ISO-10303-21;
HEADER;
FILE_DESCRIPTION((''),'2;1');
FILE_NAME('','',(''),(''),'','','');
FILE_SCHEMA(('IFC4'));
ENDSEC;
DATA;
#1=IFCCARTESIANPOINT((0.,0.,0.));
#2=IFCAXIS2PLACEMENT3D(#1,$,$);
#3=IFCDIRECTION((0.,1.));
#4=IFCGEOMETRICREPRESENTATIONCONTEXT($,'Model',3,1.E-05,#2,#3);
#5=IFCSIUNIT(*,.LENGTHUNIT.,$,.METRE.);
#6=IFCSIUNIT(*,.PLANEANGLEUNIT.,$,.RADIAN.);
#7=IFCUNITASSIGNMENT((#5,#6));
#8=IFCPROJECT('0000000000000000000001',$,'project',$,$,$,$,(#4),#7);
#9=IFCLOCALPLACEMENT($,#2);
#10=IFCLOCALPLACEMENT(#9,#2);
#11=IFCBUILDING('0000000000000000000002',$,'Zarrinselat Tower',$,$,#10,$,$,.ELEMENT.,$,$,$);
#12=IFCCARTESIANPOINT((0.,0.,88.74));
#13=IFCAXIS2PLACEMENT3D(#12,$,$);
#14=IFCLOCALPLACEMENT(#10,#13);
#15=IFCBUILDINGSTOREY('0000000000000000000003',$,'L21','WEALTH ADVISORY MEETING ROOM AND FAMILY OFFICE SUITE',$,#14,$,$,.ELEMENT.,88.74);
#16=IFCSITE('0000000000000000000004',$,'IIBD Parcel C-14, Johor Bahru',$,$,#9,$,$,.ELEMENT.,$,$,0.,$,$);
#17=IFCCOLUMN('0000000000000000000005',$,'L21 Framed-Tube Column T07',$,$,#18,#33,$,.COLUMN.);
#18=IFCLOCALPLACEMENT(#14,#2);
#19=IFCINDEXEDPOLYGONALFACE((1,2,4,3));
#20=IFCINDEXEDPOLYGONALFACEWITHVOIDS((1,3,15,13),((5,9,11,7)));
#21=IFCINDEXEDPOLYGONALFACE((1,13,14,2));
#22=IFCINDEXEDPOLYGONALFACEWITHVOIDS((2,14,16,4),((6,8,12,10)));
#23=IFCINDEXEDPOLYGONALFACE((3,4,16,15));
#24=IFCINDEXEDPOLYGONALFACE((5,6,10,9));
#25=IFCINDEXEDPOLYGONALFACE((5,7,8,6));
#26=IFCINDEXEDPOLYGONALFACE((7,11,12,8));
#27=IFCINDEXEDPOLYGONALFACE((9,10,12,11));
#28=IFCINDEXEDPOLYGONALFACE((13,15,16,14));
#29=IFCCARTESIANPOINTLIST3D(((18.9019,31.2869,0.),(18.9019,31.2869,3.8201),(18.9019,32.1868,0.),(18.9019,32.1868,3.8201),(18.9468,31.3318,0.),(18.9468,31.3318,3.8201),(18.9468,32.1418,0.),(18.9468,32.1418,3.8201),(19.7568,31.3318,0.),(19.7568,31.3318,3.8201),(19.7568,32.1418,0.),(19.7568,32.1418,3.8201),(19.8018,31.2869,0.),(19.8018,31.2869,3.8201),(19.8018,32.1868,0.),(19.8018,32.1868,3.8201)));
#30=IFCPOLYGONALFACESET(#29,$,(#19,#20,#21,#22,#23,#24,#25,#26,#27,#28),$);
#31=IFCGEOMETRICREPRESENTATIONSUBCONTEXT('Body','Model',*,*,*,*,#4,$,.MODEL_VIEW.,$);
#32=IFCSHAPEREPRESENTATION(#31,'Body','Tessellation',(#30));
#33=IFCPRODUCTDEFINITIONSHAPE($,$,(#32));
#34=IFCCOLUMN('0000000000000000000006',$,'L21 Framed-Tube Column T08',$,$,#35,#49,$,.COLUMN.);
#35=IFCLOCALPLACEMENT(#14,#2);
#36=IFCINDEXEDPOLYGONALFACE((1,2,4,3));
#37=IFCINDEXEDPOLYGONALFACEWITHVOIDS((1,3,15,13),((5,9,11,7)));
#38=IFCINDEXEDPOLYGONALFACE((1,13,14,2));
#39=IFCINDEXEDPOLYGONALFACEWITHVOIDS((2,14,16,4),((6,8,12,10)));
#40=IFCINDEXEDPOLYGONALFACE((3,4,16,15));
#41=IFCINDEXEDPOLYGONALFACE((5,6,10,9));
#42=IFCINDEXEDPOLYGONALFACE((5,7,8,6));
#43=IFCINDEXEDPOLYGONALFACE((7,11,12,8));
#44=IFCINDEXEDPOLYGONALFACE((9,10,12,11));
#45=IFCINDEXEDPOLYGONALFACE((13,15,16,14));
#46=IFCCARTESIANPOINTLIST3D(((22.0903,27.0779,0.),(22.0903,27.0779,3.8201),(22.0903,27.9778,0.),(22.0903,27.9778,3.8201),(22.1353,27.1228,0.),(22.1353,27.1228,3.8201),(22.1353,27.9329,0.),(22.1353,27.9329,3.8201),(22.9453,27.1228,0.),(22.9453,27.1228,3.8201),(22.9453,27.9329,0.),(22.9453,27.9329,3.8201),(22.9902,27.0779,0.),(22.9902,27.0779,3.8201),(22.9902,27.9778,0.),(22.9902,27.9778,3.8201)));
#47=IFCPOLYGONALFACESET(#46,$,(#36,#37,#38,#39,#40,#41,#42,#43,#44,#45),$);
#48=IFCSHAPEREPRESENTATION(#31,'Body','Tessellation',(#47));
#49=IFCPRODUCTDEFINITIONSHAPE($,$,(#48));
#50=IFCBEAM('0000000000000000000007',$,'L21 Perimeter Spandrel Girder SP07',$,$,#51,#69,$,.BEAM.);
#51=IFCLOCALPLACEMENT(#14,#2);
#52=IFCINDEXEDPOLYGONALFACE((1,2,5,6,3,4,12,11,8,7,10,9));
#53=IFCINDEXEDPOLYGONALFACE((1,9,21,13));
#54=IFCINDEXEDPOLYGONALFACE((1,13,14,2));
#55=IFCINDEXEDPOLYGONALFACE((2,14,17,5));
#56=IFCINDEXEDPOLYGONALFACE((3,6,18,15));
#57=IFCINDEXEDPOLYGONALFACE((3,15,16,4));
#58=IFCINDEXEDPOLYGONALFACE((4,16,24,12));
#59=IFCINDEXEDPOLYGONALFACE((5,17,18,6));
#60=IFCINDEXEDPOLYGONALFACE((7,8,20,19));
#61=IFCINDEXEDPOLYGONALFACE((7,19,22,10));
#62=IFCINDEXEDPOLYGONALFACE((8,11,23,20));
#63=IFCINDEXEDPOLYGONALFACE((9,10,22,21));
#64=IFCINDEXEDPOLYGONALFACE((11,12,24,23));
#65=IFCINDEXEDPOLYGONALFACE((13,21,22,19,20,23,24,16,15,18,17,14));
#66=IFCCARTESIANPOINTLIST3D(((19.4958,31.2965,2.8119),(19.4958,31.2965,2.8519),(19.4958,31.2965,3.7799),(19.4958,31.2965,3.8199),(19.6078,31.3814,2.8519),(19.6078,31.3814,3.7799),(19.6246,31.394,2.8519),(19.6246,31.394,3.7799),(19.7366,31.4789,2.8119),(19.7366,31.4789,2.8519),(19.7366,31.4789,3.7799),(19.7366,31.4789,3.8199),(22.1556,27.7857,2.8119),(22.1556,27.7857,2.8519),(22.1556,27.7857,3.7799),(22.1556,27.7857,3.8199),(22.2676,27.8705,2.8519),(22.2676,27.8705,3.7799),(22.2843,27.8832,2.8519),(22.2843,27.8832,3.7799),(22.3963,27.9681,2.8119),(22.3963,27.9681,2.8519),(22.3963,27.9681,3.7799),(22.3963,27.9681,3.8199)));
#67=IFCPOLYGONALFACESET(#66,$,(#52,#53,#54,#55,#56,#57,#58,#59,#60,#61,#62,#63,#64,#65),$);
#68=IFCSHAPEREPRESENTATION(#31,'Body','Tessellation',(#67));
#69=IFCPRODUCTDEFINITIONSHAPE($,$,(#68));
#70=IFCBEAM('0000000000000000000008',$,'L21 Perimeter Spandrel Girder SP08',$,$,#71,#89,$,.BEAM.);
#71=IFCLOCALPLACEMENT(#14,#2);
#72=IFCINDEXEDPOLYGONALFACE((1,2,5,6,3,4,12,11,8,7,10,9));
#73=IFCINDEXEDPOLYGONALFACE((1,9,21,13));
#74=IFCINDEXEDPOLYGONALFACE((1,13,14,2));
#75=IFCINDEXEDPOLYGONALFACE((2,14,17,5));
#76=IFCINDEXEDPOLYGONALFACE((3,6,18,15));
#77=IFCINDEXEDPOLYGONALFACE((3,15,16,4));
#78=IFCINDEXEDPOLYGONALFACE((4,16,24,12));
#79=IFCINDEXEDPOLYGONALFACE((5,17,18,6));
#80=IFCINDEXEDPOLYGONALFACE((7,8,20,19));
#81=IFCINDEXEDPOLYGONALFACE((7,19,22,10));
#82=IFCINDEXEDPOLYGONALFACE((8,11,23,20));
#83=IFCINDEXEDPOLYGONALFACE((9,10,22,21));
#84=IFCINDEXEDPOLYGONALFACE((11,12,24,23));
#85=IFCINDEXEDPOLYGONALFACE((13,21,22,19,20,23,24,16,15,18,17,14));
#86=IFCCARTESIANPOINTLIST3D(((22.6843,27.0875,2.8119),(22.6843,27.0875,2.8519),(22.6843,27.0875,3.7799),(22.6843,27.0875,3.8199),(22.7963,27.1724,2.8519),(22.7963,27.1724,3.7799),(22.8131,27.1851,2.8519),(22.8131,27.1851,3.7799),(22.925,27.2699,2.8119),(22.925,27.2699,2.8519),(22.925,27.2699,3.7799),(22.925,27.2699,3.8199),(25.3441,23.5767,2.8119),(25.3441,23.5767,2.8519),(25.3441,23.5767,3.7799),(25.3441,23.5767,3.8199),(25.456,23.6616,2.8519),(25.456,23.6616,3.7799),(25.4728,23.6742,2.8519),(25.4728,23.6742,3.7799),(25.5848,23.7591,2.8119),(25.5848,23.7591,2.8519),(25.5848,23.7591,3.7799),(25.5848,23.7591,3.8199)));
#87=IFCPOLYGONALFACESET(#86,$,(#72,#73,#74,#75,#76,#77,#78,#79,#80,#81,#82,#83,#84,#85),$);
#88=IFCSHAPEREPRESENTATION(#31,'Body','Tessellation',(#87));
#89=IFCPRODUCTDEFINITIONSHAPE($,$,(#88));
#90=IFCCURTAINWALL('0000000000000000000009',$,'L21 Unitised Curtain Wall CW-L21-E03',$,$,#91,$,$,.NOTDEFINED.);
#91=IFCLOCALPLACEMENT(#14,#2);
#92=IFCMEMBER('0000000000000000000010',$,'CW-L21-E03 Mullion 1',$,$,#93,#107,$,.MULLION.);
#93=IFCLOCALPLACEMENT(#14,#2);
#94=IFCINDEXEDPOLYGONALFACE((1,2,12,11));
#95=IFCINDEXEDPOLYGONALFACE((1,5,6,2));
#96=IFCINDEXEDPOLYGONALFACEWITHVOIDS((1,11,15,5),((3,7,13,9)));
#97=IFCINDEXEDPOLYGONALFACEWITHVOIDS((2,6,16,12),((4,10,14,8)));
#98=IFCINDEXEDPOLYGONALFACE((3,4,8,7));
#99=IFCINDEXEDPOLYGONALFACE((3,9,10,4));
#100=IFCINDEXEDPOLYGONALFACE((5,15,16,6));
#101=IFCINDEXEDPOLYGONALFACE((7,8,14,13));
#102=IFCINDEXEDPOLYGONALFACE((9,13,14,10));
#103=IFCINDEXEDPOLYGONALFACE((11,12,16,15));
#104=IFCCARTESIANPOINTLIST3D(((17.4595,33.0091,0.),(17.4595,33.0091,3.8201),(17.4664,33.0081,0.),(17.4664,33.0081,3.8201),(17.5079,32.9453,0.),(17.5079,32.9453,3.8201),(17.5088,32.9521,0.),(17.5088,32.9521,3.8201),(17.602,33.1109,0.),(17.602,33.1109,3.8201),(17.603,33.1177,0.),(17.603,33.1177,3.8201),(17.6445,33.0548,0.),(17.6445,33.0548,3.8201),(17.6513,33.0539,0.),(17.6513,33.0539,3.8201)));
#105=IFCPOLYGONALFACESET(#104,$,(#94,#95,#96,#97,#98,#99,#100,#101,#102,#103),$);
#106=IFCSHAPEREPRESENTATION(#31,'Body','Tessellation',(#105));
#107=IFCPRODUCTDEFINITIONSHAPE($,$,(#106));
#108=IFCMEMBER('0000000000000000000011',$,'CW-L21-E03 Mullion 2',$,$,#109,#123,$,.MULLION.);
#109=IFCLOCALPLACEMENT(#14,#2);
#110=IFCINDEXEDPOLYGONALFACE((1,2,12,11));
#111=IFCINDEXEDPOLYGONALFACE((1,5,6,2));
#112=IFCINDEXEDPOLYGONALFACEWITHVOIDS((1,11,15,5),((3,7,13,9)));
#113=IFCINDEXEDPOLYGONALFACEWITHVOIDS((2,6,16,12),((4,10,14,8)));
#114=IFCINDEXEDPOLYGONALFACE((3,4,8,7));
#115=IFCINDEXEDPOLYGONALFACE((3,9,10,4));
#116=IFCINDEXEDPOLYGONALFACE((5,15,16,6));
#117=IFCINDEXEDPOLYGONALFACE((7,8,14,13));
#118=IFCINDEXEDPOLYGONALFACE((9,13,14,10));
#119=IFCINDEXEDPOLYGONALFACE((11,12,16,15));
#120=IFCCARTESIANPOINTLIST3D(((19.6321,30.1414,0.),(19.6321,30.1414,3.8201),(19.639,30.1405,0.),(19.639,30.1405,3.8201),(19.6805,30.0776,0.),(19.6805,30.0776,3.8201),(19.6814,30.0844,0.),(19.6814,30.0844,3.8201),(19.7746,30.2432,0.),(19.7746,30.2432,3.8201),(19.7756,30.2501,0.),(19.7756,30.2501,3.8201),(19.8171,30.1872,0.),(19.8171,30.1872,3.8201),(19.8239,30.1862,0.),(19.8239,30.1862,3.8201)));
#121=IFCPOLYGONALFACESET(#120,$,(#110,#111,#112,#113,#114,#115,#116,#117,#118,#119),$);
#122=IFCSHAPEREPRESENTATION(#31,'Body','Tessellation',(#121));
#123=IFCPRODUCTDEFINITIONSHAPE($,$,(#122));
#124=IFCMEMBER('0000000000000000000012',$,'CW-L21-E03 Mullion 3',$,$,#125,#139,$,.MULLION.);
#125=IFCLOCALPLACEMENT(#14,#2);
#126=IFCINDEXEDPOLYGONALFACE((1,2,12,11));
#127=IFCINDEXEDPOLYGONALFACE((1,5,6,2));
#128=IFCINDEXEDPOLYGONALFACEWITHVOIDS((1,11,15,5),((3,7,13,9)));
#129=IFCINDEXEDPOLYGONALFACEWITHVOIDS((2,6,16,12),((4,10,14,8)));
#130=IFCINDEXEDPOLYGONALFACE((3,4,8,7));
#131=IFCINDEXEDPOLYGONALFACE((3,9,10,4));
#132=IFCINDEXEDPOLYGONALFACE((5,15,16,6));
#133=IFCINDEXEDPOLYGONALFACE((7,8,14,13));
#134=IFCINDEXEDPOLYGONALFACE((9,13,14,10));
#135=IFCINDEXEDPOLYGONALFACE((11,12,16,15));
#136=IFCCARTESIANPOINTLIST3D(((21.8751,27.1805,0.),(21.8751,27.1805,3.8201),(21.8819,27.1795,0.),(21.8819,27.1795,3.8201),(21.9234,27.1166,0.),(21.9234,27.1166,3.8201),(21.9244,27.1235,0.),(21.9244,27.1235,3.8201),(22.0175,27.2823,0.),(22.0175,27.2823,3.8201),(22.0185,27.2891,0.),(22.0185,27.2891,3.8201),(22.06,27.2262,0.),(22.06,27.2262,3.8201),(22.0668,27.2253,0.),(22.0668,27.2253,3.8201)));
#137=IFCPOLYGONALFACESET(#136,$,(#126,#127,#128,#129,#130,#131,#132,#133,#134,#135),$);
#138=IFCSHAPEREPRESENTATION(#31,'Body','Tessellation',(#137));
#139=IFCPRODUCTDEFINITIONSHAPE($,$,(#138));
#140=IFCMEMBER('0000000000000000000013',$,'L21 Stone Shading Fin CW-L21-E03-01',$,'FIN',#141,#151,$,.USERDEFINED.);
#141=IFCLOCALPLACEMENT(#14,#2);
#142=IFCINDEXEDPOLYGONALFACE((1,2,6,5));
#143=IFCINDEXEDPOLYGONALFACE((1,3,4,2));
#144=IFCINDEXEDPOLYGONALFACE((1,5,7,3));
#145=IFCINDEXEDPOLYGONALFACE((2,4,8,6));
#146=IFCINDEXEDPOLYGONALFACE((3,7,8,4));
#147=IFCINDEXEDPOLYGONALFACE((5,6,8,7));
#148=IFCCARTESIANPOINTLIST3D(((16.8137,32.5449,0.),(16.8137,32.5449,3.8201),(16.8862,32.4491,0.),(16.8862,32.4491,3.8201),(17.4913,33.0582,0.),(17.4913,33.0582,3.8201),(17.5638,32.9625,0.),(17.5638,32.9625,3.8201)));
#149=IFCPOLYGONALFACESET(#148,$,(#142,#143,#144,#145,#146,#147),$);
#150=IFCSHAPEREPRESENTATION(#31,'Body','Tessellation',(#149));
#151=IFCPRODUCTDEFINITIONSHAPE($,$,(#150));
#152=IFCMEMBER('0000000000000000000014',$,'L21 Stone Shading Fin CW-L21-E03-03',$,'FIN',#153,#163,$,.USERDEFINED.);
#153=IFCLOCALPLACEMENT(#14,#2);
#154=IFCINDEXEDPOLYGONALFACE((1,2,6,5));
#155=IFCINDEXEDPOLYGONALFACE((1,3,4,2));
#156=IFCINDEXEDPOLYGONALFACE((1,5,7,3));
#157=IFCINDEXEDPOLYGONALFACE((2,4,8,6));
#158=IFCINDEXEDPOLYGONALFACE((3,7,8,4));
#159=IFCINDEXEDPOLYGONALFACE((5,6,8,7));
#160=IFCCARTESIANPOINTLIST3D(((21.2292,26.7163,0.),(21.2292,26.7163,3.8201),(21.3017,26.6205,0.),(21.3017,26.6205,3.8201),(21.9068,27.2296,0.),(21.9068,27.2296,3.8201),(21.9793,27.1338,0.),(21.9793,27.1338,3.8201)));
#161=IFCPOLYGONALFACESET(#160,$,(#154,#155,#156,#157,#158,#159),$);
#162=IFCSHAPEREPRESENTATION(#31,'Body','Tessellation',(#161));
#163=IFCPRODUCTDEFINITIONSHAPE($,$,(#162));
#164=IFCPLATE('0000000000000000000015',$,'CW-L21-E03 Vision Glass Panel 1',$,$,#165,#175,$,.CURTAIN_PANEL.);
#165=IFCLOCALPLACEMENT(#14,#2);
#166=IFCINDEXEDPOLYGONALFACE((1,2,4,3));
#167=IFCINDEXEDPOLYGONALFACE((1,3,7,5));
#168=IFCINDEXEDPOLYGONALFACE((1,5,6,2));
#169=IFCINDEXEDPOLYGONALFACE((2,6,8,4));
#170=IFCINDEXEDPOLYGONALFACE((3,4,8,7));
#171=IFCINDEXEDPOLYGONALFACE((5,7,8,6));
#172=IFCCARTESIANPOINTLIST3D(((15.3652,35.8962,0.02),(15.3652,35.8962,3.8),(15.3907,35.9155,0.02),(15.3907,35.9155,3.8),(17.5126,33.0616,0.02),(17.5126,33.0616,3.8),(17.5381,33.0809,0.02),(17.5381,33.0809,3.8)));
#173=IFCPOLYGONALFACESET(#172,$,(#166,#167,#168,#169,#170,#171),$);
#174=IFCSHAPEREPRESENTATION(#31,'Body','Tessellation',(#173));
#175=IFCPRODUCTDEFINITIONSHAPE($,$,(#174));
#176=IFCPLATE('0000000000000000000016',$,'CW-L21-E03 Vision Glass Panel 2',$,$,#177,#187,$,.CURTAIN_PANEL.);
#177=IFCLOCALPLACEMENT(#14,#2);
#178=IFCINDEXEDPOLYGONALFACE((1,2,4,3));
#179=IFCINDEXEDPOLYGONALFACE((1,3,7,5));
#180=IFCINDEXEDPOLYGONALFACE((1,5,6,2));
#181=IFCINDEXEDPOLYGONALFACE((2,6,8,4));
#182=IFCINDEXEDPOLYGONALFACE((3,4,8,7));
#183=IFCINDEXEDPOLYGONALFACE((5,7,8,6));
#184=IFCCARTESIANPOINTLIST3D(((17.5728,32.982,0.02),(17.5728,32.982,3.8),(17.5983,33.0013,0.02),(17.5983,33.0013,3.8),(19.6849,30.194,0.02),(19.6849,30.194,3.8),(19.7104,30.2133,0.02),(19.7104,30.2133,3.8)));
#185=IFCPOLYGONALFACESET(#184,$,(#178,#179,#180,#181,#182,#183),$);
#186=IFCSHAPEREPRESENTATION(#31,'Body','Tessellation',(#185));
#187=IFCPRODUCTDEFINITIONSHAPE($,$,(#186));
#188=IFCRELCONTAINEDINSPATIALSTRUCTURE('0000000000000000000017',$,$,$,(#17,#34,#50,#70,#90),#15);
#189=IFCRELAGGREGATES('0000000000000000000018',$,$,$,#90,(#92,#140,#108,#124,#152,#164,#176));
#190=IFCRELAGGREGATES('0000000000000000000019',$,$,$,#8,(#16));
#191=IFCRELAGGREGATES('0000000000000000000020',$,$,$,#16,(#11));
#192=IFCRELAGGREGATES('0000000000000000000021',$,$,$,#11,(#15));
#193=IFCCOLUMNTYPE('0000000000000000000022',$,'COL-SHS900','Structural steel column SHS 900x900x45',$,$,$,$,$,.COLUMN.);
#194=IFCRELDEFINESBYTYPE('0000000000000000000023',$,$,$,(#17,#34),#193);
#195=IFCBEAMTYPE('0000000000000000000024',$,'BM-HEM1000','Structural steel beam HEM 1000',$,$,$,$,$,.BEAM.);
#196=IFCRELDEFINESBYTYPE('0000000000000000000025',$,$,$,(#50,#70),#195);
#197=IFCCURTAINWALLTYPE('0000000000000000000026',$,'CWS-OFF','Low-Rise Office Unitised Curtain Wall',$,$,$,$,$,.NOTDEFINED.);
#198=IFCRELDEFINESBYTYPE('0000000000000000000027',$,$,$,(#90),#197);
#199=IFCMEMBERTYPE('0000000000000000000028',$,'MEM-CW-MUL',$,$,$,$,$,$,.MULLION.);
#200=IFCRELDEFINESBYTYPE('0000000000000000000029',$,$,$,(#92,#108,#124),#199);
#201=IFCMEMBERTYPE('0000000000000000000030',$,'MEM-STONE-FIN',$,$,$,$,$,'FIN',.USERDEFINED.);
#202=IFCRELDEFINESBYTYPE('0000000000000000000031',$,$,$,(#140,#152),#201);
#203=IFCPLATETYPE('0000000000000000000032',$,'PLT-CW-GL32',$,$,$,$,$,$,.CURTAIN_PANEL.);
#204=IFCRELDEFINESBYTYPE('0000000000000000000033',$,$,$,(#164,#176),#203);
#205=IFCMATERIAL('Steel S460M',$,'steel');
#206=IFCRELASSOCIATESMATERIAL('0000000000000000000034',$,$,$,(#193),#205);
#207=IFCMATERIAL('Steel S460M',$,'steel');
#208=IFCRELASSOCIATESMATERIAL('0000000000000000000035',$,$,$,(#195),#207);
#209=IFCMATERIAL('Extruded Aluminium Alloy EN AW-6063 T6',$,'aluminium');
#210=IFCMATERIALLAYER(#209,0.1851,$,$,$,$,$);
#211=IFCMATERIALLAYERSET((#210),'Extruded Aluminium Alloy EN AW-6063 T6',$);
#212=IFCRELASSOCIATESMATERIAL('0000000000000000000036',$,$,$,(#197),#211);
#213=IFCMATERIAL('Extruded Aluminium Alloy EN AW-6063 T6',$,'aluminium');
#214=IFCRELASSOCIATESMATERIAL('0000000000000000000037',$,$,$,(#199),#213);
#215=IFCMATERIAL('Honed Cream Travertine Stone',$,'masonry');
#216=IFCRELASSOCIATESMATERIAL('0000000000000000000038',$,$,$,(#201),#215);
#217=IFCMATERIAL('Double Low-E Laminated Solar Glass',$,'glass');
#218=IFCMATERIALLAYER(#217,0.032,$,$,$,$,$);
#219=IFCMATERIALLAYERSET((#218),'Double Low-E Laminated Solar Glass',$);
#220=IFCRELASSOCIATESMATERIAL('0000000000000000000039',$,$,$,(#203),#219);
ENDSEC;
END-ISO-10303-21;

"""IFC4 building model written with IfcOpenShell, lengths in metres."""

from ifc_helpers import new_model, si_unit, direction, frame, origin, origin_2d, place, context, subcontext, project, spatial, rectangle, hollow_rectangle, i_section, extrude, material, layer, layer_set, material_profile, profile_set, type_object, element, aggregate, save


model = new_model("IFC4")

# Units and contexts
model_context = context("Model", 3, precision=1e-05, world=origin(), true_north=direction((0.0, 1.0)))
body_context = subcontext(model_context, "Body", "Model", "MODEL_VIEW")
ifc_project = project(units=[si_unit("LENGTHUNIT", "METRE"), si_unit("PLANEANGLEUNIT", "RADIAN")], contexts=[model_context])

# Site, building, storey
site_placement = place(None, origin())
site = spatial("IfcSite", under=ifc_project, at=site_placement, Name="IIBD Parcel C-14, Johor Bahru", CompositionType="ELEMENT", RefElevation=0.0)
building_placement = place(site_placement, origin())
building = spatial("IfcBuilding", under=site, at=building_placement, Name="Zarrinselat Tower", CompositionType="ELEMENT")
storey_placement = place(building_placement, frame((0.0, 0.0, 88.74)))
storey = spatial("IfcBuildingStorey", under=building, at=storey_placement, Name="L21", Description="WEALTH ADVISORY MEETING ROOM AND FAMILY OFFICE SUITE", CompositionType="ELEMENT", Elevation=88.74)

# Columns
ifc_material_1 = material(Name="Steel S460M", Category="steel")
ifc_material_profile_1 = material_profile(ifc_material_1, hollow_rectangle(XDim=0.8999, YDim=0.8999, WallThickness=0.0449, at=origin_2d()), Name="SHS 900x900x45")
ifc_profile_set_1 = profile_set([ifc_material_profile_1], Name="Steel S460M")
column_type = type_object("IfcColumnType", Name="COL-SHS900", Description="Structural steel column SHS 900x900x45", PredefinedType="COLUMN", material=ifc_profile_set_1)
for number, where, z_axis, x_axis, name in (
    (1, (19.3518, 31.7368, 0.0), (0.0, 0.0, 1.0), (1.0, 0.0, 0.0), "L21 Framed-Tube Column T07"),
    (2, (22.5403, 27.5278, 0.0), (0.0, 0.0, 1.0), (1.0, 0.0, 0.0), "L21 Framed-Tube Column T08"),
):
    element("IfcColumn", number, at=place(storey_placement, frame(where, z_axis=z_axis, x_axis=x_axis)), inside=storey, type_object=column_type, Name=name, PredefinedType="COLUMN", context=body_context, shape_type="SweptSolid", body=[
        extrude(hollow_rectangle(XDim=0.8999, YDim=0.8999, WallThickness=0.0449, at=origin_2d()), origin(), (0.0, 0.0, 1.0), 3.8201),
    ])

# Beams
ifc_material_2 = material(Name="Steel S460M", Category="steel")
ifc_material_profile_2 = material_profile(ifc_material_2, i_section(OverallWidth=0.302, OverallDepth=1.0081, WebThickness=0.021, FlangeThickness=0.04, at=origin_2d()), Name="HEM 1000")
ifc_profile_set_2 = profile_set([ifc_material_profile_2], Name="Steel S460M")
beam_type = type_object("IfcBeamType", Name="BM-HEM1000", Description="Structural steel beam HEM 1000", PredefinedType="BEAM", material=ifc_profile_set_2)
for number, where, z_axis, x_axis, name in (
    (3, (19.6162, 31.3877, 3.3159), (0.60386, -0.797091, 0.0), (0.797091, 0.60386, 0.0), "L21 Perimeter Spandrel Girder SP07"),
    (4, (22.8047, 27.1787, 3.3159), (0.60386, -0.797091, 0.0), (0.797091, 0.60386, 0.0), "L21 Perimeter Spandrel Girder SP08"),
):
    element("IfcBeam", number, at=place(storey_placement, frame(where, z_axis=z_axis, x_axis=x_axis)), inside=storey, type_object=beam_type, Name=name, PredefinedType="BEAM", context=body_context, shape_type="SweptSolid", body=[
        extrude(i_section(OverallWidth=0.302, OverallDepth=1.0081, WebThickness=0.021, FlangeThickness=0.04, at=origin_2d()), origin(), (0.0, 0.0, 1.0), 4.4045),
    ])

# Curtain wall, members, plates
ifc_material_3 = material(Name="Extruded Aluminium Alloy EN AW-6063 T6", Category="aluminium")
ifc_layer_1 = layer(ifc_material_3, 0.1851)
ifc_layer_set_1 = layer_set([ifc_layer_1], Name="Extruded Aluminium Alloy EN AW-6063 T6")
curtain_wall_type = type_object("IfcCurtainWallType", Name="CWS-OFF", Description="Low-Rise Office Unitised Curtain Wall", PredefinedType="NOTDEFINED", material=ifc_layer_set_1)
curtain_wall_placement = place(storey_placement, origin())
curtain_wall = element("IfcCurtainWall", 5, at=curtain_wall_placement, inside=storey, type_object=curtain_wall_type, Name="L21 Unitised Curtain Wall CW-L21-E03", PredefinedType="NOTDEFINED")
ifc_material_4 = material(Name="Extruded Aluminium Alloy EN AW-6063 T6", Category="aluminium")
ifc_material_profile_3 = material_profile(ifc_material_4, hollow_rectangle(XDim=0.0801, YDim=0.1799, WallThickness=0.0049, at=origin_2d()), Name="RHS 180x80x5")
ifc_profile_set_3 = profile_set([ifc_material_profile_3], Name="Extruded Aluminium Alloy EN AW-6063 T6")
member_type_1 = type_object("IfcMemberType", Name="MEM-CW-MUL", PredefinedType="MULLION", material=ifc_profile_set_3)
member_1_placement = place(storey_placement, frame((17.5554, 33.0315, 0.0), z_axis=(0.0, 0.0, 1.0), x_axis=(0.603856, -0.797093, 0.0)))
member_1 = element("IfcMember", 6, at=member_1_placement, type_object=member_type_1, Name="CW-L21-E03 Mullion 1", PredefinedType="MULLION", context=body_context, shape_type="SweptSolid", body=[
    extrude(hollow_rectangle(XDim=0.0801, YDim=0.1799, WallThickness=0.0049, at=origin_2d()), origin(), (0.0, 0.0, 1.0), 3.8201),
])
member_2_placement = place(storey_placement, frame((19.728, 30.1638, 0.0), z_axis=(0.0, 0.0, 1.0), x_axis=(0.603856, -0.797093, 0.0)))
member_2 = element("IfcMember", 7, at=member_2_placement, type_object=member_type_1, Name="CW-L21-E03 Mullion 2", PredefinedType="MULLION", context=body_context, shape_type="SweptSolid", body=[
    extrude(hollow_rectangle(XDim=0.0801, YDim=0.1799, WallThickness=0.0049, at=origin_2d()), origin(), (0.0, 0.0, 1.0), 3.8201),
])
member_3_placement = place(storey_placement, frame((21.9709, 27.2029, 0.0), z_axis=(0.0, 0.0, 1.0), x_axis=(0.603856, -0.797093, 0.0)))
member_3 = element("IfcMember", 8, at=member_3_placement, type_object=member_type_1, Name="CW-L21-E03 Mullion 3", PredefinedType="MULLION", context=body_context, shape_type="SweptSolid", body=[
    extrude(hollow_rectangle(XDim=0.0801, YDim=0.1799, WallThickness=0.0049, at=origin_2d()), origin(), (0.0, 0.0, 1.0), 3.8201),
])
ifc_material_5 = material(Name="Honed Cream Travertine Stone", Category="masonry")
ifc_material_profile_4 = material_profile(ifc_material_5, rectangle(XDim=0.1201, YDim=0.8501, at=origin_2d()), Name="FIN 850x120")
ifc_profile_set_4 = profile_set([ifc_material_profile_4], Name="Honed Cream Travertine Stone")
member_type_2 = type_object("IfcMemberType", Name="MEM-STONE-FIN", ElementType="FIN", PredefinedType="USERDEFINED", material=ifc_profile_set_4)
member_4_placement = place(storey_placement, frame((17.1887, 32.7537, 0.0), z_axis=(0.0, 0.0, 1.0), x_axis=(-0.603856, 0.797093, 0.0)))
member_4 = element("IfcMember", 9, at=member_4_placement, type_object=member_type_2, Name="L21 Stone Shading Fin CW-L21-E03-01", ObjectType="FIN", PredefinedType="USERDEFINED", context=body_context, shape_type="SweptSolid", body=[
    extrude(rectangle(XDim=0.1201, YDim=0.8501, at=origin_2d()), origin(), (0.0, 0.0, 1.0), 3.8201),
])
member_5_placement = place(storey_placement, frame((21.6042, 26.925, 0.0), z_axis=(0.0, 0.0, 1.0), x_axis=(-0.603856, 0.797093, 0.0)))
member_5 = element("IfcMember", 10, at=member_5_placement, type_object=member_type_2, Name="L21 Stone Shading Fin CW-L21-E03-03", ObjectType="FIN", PredefinedType="USERDEFINED", context=body_context, shape_type="SweptSolid", body=[
    extrude(rectangle(XDim=0.1201, YDim=0.8501, at=origin_2d()), origin(), (0.0, 0.0, 1.0), 3.8201),
])
ifc_material_6 = material(Name="Double Low-E Laminated Solar Glass", Category="glass")
ifc_layer_2 = layer(ifc_material_6, 0.032)
ifc_layer_set_2 = layer_set([ifc_layer_2], Name="Double Low-E Laminated Solar Glass")
plate_type = type_object("IfcPlateType", Name="PLT-CW-GL32", PredefinedType="CURTAIN_PANEL", material=ifc_layer_set_2)
plate_1_placement = place(storey_placement, frame((16.4517, 34.4885, 0.02), z_axis=(0.0, 0.0, 1.0), x_axis=(0.603856, -0.797093, 0.0)))
plate_1 = element("IfcPlate", 11, at=plate_1_placement, type_object=plate_type, Name="CW-L21-E03 Vision Glass Panel 1", PredefinedType="CURTAIN_PANEL", context=body_context, shape_type="SweptSolid", body=[
    extrude(rectangle(XDim=3.5562, YDim=0.032, at=origin_2d()), origin(), (0.0, 0.0, 1.0), 3.78),
])
plate_2_placement = place(storey_placement, frame((18.6416, 31.5977, 0.02), z_axis=(0.0, 0.0, 1.0), x_axis=(0.603856, -0.797093, 0.0)))
plate_2 = element("IfcPlate", 12, at=plate_2_placement, type_object=plate_type, Name="CW-L21-E03 Vision Glass Panel 2", PredefinedType="CURTAIN_PANEL", context=body_context, shape_type="SweptSolid", body=[
    extrude(rectangle(XDim=3.4978, YDim=0.032, at=origin_2d()), origin(), (0.0, 0.0, 1.0), 3.78),
])
aggregate(curtain_wall, [member_1, member_4, member_2, member_3, member_5, plate_1, plate_2])

save(model, "model.ifc")
